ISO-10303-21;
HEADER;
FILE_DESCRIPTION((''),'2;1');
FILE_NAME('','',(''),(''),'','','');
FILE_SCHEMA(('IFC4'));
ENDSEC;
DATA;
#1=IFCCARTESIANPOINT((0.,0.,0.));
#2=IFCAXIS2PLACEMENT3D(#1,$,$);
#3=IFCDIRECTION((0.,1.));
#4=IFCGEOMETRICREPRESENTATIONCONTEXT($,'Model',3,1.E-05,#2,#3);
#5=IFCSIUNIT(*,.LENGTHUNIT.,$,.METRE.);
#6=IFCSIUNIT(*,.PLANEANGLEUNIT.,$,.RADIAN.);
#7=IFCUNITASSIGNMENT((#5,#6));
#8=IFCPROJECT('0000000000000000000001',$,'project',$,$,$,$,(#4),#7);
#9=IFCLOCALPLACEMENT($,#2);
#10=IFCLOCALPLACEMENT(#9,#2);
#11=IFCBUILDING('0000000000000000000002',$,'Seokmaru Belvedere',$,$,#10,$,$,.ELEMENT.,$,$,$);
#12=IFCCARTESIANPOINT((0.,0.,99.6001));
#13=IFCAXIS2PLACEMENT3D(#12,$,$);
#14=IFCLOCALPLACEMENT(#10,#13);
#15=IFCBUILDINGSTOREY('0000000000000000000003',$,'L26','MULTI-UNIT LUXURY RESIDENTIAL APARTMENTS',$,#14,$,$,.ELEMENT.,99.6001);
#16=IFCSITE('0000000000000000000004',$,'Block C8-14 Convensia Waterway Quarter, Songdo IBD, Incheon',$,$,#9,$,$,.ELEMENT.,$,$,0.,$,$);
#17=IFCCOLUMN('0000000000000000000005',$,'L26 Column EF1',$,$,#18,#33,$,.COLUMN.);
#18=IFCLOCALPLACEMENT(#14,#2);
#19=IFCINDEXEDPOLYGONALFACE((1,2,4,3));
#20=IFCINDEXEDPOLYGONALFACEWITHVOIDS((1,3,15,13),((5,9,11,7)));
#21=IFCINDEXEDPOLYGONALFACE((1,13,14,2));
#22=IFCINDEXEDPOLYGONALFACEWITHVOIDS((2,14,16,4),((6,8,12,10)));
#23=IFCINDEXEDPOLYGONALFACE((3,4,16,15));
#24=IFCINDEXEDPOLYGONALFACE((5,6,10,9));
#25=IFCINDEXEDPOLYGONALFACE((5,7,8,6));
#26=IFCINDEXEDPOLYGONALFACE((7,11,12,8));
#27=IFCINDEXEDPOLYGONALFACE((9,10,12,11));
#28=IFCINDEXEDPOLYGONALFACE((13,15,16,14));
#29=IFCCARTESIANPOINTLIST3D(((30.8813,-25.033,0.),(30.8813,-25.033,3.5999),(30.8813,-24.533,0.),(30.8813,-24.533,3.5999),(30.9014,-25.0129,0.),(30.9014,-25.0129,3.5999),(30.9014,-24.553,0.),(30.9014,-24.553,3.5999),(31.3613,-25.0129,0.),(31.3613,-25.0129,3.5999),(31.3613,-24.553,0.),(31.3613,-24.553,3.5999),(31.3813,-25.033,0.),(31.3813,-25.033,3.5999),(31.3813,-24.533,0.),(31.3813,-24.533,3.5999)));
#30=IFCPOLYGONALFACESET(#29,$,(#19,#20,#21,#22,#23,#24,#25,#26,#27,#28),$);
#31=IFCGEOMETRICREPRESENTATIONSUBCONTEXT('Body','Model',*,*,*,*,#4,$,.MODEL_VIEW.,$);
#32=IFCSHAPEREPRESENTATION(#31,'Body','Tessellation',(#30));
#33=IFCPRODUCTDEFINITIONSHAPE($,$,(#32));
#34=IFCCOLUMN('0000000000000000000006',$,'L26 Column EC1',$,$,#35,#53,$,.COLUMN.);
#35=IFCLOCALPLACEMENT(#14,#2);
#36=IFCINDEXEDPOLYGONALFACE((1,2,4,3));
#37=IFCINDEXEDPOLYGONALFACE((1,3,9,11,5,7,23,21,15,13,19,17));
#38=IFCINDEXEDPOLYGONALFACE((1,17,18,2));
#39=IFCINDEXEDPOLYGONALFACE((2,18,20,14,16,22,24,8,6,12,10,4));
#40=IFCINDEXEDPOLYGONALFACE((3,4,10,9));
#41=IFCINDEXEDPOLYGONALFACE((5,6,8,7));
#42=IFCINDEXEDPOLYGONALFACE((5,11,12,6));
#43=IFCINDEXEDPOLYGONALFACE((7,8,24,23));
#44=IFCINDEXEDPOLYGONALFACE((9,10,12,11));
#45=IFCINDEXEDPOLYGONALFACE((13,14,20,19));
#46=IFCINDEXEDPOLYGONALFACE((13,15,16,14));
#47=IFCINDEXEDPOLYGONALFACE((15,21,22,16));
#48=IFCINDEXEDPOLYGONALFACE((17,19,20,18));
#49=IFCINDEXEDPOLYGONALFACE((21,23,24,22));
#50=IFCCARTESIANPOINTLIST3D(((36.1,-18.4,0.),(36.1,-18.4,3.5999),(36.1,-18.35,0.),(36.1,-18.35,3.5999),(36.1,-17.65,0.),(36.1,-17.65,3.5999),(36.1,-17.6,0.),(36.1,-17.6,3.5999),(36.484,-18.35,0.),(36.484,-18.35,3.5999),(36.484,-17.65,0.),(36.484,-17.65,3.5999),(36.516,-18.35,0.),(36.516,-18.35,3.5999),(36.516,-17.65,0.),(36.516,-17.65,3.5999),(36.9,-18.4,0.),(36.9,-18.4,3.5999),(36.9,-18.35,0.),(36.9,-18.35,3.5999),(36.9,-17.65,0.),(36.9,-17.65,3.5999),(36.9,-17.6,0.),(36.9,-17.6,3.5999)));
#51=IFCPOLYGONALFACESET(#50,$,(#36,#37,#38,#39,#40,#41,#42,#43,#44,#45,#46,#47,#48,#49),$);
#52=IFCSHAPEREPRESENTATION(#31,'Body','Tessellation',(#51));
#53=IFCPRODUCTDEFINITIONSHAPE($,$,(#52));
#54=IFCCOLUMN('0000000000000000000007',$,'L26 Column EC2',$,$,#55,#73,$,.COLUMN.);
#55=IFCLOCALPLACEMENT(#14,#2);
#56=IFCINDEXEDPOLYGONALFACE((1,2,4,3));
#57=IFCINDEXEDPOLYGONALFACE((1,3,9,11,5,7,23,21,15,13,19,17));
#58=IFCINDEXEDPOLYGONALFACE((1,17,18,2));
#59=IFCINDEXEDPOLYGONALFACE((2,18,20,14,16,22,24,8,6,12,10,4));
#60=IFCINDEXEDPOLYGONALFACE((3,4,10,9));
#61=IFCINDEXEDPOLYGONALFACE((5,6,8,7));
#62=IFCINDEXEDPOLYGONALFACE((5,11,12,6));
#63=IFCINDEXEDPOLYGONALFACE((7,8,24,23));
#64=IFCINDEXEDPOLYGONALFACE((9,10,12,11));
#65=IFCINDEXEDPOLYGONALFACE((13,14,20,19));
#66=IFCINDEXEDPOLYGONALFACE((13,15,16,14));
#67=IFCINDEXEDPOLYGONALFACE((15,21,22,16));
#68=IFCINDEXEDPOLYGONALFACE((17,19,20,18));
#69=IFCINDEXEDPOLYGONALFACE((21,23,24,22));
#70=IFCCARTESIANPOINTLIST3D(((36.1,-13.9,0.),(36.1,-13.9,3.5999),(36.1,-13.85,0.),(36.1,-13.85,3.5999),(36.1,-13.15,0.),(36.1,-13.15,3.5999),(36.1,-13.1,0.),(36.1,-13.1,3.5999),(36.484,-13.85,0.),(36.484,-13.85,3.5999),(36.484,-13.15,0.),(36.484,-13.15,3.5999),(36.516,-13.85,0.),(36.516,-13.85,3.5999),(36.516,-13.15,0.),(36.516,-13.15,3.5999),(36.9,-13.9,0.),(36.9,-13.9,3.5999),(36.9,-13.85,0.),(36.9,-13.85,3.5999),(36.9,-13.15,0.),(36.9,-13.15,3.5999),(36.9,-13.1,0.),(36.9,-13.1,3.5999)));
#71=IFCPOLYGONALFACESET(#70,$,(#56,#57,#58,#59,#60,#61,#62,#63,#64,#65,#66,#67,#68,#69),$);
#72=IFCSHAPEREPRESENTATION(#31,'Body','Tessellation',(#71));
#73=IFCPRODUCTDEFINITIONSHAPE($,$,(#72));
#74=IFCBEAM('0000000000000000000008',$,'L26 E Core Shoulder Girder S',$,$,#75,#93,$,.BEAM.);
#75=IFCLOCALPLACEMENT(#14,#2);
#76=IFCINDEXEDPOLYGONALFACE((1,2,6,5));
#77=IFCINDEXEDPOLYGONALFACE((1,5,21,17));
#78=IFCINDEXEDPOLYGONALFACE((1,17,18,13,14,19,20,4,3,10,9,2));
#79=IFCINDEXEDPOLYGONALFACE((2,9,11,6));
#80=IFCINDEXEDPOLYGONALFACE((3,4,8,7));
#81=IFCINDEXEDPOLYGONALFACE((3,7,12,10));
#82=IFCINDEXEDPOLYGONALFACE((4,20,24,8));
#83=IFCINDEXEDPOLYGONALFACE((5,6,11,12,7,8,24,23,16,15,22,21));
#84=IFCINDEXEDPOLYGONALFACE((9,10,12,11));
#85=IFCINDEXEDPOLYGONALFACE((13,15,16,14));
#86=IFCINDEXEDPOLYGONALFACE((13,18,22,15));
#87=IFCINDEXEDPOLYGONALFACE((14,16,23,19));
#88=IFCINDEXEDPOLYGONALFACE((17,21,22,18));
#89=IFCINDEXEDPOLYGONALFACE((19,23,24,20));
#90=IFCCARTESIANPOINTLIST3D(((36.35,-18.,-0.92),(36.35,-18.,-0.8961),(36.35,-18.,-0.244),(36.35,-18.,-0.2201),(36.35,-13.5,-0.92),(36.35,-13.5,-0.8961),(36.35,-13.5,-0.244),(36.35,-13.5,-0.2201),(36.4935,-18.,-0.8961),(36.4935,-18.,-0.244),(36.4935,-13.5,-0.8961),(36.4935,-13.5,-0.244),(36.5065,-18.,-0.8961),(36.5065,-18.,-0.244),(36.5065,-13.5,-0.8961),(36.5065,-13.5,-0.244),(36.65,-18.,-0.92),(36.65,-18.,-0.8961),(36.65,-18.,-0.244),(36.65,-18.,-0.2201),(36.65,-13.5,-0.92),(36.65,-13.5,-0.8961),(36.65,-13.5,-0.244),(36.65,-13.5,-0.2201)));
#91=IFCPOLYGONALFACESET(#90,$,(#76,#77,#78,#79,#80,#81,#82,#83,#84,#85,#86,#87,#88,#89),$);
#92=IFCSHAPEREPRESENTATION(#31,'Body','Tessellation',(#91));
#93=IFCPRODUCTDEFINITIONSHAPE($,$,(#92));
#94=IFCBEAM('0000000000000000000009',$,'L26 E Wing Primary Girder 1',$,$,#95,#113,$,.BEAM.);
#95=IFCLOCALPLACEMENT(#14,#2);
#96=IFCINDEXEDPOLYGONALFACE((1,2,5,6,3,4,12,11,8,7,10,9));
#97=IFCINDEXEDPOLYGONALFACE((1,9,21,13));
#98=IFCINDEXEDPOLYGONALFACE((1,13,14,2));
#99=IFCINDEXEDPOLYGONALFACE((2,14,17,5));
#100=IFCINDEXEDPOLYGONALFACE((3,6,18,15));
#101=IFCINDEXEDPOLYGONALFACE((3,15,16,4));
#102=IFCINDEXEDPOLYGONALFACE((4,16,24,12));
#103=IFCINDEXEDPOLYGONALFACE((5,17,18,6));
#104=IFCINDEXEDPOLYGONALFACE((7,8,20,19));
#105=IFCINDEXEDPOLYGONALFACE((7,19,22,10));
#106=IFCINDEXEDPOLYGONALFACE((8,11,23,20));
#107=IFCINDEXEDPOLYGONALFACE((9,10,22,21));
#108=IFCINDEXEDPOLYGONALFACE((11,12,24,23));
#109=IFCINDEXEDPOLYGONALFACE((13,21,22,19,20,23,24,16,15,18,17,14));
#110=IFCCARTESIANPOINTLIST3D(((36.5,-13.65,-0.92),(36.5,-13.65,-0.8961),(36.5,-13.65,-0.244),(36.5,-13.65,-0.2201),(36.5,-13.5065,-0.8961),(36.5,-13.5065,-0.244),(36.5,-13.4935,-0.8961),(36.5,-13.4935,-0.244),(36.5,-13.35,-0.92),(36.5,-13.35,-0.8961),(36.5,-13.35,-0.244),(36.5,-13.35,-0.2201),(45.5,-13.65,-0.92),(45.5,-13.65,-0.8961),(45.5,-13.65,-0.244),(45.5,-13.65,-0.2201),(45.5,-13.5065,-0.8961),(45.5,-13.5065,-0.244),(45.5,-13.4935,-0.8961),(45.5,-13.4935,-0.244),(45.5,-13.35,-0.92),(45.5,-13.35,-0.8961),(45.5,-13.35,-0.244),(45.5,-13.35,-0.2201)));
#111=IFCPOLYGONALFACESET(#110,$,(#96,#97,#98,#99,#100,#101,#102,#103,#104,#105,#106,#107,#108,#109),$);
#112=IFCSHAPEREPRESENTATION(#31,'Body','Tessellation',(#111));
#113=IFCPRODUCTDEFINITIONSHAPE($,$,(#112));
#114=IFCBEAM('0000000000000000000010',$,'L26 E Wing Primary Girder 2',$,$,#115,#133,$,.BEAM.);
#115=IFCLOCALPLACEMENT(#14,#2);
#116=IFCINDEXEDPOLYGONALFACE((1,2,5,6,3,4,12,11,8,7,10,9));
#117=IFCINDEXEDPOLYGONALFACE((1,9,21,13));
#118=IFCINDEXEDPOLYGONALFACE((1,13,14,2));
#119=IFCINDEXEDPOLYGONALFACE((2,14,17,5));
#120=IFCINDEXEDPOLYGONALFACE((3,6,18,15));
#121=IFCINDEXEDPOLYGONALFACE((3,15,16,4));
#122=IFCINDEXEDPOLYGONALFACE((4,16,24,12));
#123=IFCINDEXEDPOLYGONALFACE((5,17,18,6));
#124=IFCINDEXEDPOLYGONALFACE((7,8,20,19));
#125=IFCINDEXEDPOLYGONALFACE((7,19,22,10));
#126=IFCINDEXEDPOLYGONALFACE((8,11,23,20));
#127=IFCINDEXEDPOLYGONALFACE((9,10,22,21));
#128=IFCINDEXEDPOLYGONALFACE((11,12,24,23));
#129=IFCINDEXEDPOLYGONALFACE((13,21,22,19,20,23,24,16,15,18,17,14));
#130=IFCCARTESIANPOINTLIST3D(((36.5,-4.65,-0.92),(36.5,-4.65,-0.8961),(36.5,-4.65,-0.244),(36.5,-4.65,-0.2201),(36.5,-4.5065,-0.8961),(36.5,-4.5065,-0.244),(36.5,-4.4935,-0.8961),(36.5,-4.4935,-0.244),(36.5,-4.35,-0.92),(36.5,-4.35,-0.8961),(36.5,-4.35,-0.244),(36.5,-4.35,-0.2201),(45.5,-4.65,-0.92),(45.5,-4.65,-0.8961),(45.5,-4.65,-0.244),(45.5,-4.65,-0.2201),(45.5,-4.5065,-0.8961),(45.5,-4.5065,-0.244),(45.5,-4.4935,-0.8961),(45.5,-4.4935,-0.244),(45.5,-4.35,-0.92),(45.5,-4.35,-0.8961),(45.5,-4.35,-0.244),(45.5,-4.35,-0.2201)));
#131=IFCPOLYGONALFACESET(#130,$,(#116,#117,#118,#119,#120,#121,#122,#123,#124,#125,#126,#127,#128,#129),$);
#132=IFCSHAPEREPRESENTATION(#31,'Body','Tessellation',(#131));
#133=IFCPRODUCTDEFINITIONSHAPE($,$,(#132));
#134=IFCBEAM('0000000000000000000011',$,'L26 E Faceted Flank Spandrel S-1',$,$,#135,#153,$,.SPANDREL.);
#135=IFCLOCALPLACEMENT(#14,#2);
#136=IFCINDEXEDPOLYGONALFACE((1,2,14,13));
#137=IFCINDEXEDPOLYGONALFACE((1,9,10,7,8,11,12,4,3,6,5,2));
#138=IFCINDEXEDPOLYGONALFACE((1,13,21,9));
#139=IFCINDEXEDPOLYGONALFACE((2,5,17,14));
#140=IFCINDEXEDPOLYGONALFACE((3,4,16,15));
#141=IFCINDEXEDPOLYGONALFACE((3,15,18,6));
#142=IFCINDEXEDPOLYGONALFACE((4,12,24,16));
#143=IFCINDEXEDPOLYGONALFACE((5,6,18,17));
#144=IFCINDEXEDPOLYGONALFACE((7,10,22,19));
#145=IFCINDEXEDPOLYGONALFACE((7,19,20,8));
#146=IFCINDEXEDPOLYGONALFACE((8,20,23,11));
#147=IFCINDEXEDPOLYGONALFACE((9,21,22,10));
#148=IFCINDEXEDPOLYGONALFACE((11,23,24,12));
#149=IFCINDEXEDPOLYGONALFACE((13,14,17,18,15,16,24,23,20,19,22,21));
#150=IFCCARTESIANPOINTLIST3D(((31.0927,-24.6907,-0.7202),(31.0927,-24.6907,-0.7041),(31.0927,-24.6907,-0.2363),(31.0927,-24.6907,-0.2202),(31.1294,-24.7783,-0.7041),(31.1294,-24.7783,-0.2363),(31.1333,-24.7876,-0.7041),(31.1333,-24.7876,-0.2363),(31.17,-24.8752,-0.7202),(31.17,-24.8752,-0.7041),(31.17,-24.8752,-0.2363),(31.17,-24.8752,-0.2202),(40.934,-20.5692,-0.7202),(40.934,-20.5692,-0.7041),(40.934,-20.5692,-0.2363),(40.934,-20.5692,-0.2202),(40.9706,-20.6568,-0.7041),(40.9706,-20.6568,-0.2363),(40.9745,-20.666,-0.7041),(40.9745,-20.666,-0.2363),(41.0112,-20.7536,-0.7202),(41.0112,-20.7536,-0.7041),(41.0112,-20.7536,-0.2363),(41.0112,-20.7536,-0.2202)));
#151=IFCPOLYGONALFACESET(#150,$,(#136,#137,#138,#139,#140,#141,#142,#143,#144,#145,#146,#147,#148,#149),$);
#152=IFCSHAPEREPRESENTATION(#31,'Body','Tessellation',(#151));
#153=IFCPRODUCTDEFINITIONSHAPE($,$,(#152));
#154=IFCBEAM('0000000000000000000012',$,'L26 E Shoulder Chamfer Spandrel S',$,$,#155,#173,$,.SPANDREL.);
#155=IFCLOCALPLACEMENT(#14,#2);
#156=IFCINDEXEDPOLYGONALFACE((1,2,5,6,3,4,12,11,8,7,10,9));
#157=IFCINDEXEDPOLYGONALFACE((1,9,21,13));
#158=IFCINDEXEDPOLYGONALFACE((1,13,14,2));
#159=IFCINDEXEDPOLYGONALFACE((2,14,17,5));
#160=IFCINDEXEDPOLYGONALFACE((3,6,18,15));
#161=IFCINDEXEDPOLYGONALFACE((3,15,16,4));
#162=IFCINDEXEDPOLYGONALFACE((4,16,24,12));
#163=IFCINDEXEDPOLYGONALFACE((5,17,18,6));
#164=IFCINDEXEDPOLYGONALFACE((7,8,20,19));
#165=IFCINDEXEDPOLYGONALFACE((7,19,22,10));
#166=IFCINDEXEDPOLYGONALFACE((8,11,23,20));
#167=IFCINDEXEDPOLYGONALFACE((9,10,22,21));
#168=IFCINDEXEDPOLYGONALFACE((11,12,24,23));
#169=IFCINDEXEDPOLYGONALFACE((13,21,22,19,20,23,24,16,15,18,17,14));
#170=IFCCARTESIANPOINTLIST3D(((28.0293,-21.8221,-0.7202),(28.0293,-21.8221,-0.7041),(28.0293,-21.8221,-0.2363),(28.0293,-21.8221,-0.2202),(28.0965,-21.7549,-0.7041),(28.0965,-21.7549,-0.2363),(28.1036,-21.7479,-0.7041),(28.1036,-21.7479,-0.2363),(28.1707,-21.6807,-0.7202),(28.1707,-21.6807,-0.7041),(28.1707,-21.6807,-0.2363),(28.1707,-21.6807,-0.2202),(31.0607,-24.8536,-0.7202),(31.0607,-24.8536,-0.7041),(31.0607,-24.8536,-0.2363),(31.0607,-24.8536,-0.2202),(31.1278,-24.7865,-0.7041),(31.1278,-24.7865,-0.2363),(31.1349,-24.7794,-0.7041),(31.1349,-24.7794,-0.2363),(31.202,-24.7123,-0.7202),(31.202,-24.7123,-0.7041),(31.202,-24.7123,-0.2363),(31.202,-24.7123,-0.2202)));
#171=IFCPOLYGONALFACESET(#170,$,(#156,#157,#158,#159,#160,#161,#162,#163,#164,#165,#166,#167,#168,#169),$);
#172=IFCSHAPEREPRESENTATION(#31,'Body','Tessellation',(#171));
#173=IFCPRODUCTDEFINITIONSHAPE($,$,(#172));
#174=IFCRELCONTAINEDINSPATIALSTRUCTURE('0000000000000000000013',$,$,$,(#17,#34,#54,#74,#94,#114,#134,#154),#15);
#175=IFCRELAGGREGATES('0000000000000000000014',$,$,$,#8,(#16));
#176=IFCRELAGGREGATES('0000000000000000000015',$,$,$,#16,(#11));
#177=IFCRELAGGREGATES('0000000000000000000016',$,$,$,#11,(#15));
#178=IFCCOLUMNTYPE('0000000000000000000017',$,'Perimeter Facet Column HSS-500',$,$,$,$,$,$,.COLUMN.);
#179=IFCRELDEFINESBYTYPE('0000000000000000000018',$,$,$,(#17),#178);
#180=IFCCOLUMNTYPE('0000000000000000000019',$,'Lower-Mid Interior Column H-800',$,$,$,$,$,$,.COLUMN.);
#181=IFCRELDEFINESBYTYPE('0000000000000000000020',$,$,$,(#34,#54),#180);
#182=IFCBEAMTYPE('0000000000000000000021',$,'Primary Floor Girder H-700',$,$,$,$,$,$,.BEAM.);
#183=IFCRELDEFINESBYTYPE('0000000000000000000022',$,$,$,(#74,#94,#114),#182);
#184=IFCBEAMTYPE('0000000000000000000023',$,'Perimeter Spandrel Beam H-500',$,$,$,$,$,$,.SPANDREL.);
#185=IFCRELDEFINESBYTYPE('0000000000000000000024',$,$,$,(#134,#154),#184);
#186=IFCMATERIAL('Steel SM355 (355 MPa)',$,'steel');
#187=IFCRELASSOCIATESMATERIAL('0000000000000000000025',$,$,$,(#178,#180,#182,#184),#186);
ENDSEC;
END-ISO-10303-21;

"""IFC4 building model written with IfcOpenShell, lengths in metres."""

from ifc_helpers import new_model, si_unit, direction, frame, origin, origin_2d, place, context, subcontext, project, spatial, hollow_rectangle, i_section, extrude, source, transform, mapped, material, material_profile, profile_set, type_object, type_shapes, element, save


model = new_model("IFC4")

# Units and contexts
model_context = context("Model", 3, precision=1e-05, world=origin(), true_north=direction((0.0, 1.0)))
body_context = subcontext(model_context, "Body", "Model", "MODEL_VIEW")
ifc_project = project(units=[si_unit("LENGTHUNIT", "METRE"), si_unit("PLANEANGLEUNIT", "RADIAN")], contexts=[model_context])

# Site, building, storey
site_placement = place(None, origin())
site = spatial("IfcSite", under=ifc_project, at=site_placement, Name="Block C8-14 Convensia Waterway Quarter, Songdo IBD, Incheon", CompositionType="ELEMENT", RefElevation=0.0)
building_placement = place(site_placement, origin())
building = spatial("IfcBuilding", under=site, at=building_placement, Name="Seokmaru Belvedere", CompositionType="ELEMENT")
storey_placement = place(building_placement, frame((0.0, 0.0, 99.6001)))
storey = spatial("IfcBuildingStorey", under=building, at=storey_placement, Name="L26", Description="MULTI-UNIT LUXURY RESIDENTIAL APARTMENTS", CompositionType="ELEMENT", Elevation=99.6001)

# Columns
ifc_material_1 = material(Name="Steel SM355 (355 MPa)", Category="steel")
ifc_material_profile_1 = material_profile(ifc_material_1, hollow_rectangle(XDim=0.5, YDim=0.5, WallThickness=0.02, at=origin_2d()), Name="HSS-500x500x20")
ifc_profile_set_1 = profile_set([ifc_material_profile_1], Name="Steel SM355 (355 MPa)")
column_type_1 = type_object("IfcColumnType", Name="Perimeter Facet Column HSS-500", PredefinedType="COLUMN", material=ifc_profile_set_1)
shared_shape_1 = source(origin(), body_context, "Body", "SweptSolid", [
    extrude(hollow_rectangle(XDim=0.5, YDim=0.5, WallThickness=0.02, at=origin_2d()), origin(), (0.0, 0.0, 1.0), 3.5999),
])
type_shapes(column_type_1, [shared_shape_1])
column_placement = place(storey_placement, frame((31.1313, -24.783, 0.0), z_axis=(0.0, 0.0, 1.0), x_axis=(1.0, 0.0, 0.0)))
element("IfcColumn", 1, at=column_placement, inside=storey, type_object=column_type_1, Name="L26 Column EF1", PredefinedType="COLUMN", context=body_context, shape_type="MappedRepresentation", body=[
    mapped(shared_shape_1, transform((0.0, 0.0, 0.0), scale=1.0)),
])
ifc_material_profile_2 = material_profile(ifc_material_1, i_section(OverallWidth=0.8, OverallDepth=0.8, WebThickness=0.032, FlangeThickness=0.05, at=origin_2d()), Name="H-800x800x32x50")
ifc_profile_set_2 = profile_set([ifc_material_profile_2], Name="Steel SM355 (355 MPa)")
column_type_2 = type_object("IfcColumnType", Name="Lower-Mid Interior Column H-800", PredefinedType="COLUMN", material=ifc_profile_set_2)
shared_shape_2 = source(origin(), body_context, "Body", "SweptSolid", [
    extrude(i_section(OverallWidth=0.8, OverallDepth=0.8, WebThickness=0.032, FlangeThickness=0.05, at=origin_2d()), origin(), (0.0, 0.0, 1.0), 3.5999),
])
type_shapes(column_type_2, [shared_shape_2])
for number, where, z_axis, x_axis, name in (
    (2, (36.5, -18.0, 0.0), (0.0, 0.0, 1.0), (1.0, 0.0, 0.0), "L26 Column EC1"),
    (3, (36.5, -13.5, 0.0), (0.0, 0.0, 1.0), (1.0, 0.0, 0.0), "L26 Column EC2"),
):
    element("IfcColumn", number, at=place(storey_placement, frame(where, z_axis=z_axis, x_axis=x_axis)), inside=storey, type_object=column_type_2, Name=name, PredefinedType="COLUMN", context=body_context, shape_type="MappedRepresentation", body=[
        mapped(shared_shape_2, transform((0.0, 0.0, 0.0), scale=1.0)),
    ])

# Beams
ifc_material_profile_3 = material_profile(ifc_material_1, i_section(OverallWidth=0.3, OverallDepth=0.7, WebThickness=0.0129, FlangeThickness=0.0239, at=origin_2d()), Name="H-700x300x13x24")
ifc_profile_set_3 = profile_set([ifc_material_profile_3], Name="Steel SM355 (355 MPa)")
beam_type_1 = type_object("IfcBeamType", Name="Primary Floor Girder H-700", PredefinedType="BEAM", material=ifc_profile_set_3)
shared_shape_3 = source(origin(), body_context, "Body", "SweptSolid", [
    extrude(i_section(OverallWidth=0.3, OverallDepth=0.7, WebThickness=0.0129, FlangeThickness=0.0239, at=origin_2d()), origin(), (0.0, 0.0, 1.0), 4.5),
])
beam_1_placement = place(storey_placement, frame((36.5, -18.0, -0.5701), z_axis=(0.0, 1.0, 0.0), x_axis=(-1.0, 0.0, 0.0)))
element("IfcBeam", 4, at=beam_1_placement, inside=storey, type_object=beam_type_1, Name="L26 E Core Shoulder Girder S", PredefinedType="BEAM", context=body_context, shape_type="MappedRepresentation", body=[
    mapped(shared_shape_3, transform((0.0, 0.0, 0.0), scale=1.0)),
])
shared_shape_4 = source(origin(), body_context, "Body", "SweptSolid", [
    extrude(i_section(OverallWidth=0.3, OverallDepth=0.7, WebThickness=0.0129, FlangeThickness=0.0239, at=origin_2d()), origin(), (0.0, 0.0, 1.0), 9.0),
])
type_shapes(beam_type_1, [shared_shape_3, shared_shape_4])
for number, where, z_axis, x_axis, name in (
    (5, (36.5, -13.5, -0.5701), (1.0, 0.0, 0.0), (0.0, 1.0, 0.0), "L26 E Wing Primary Girder 1"),
    (6, (36.5, -4.5, -0.5701), (1.0, 0.0, 0.0), (0.0, 1.0, 0.0), "L26 E Wing Primary Girder 2"),
):
    element("IfcBeam", number, at=place(storey_placement, frame(where, z_axis=z_axis, x_axis=x_axis)), inside=storey, type_object=beam_type_1, Name=name, PredefinedType="BEAM", context=body_context, shape_type="MappedRepresentation", body=[
        mapped(shared_shape_4, transform((0.0, 0.0, 0.0), scale=1.0)),
    ])
ifc_material_profile_4 = material_profile(ifc_material_1, i_section(OverallWidth=0.2, OverallDepth=0.5, WebThickness=0.01, FlangeThickness=0.0161, at=origin_2d()), Name="H-500x200x10x16")
ifc_profile_set_4 = profile_set([ifc_material_profile_4], Name="Steel SM355 (355 MPa)")
beam_type_2 = type_object("IfcBeamType", Name="Perimeter Spandrel Beam H-500", PredefinedType="SPANDREL", material=ifc_profile_set_4)
shared_shape_5 = source(origin(), body_context, "Body", "SweptSolid", [
    extrude(i_section(OverallWidth=0.2, OverallDepth=0.5, WebThickness=0.01, FlangeThickness=0.0161, at=origin_2d()), origin(), (0.0, 0.0, 1.0), 10.6694),
])
beam_2_placement = place(storey_placement, frame((31.1313, -24.783, -0.4702), z_axis=(0.922375, 0.386295, 0.0), x_axis=(-0.386295, 0.922375, 0.0)))
element("IfcBeam", 7, at=beam_2_placement, inside=storey, type_object=beam_type_2, Name="L26 E Faceted Flank Spandrel S-1", PredefinedType="SPANDREL", context=body_context, shape_type="MappedRepresentation", body=[
    mapped(shared_shape_5, transform((0.0, 0.0, 0.0), scale=1.0)),
])
shared_shape_6 = source(origin(), body_context, "Body", "SweptSolid", [
    extrude(i_section(OverallWidth=0.2, OverallDepth=0.5, WebThickness=0.01, FlangeThickness=0.0161, at=origin_2d()), origin(), (0.0, 0.0, 1.0), 4.2871),
])
type_shapes(beam_type_2, [shared_shape_5, shared_shape_6])
beam_3_placement = place(storey_placement, frame((31.1313, -24.783, -0.4702), z_axis=(-0.707078, 0.707135, 0.0), x_axis=(-0.707135, -0.707078, 0.0)))
element("IfcBeam", 8, at=beam_3_placement, inside=storey, type_object=beam_type_2, Name="L26 E Shoulder Chamfer Spandrel S", PredefinedType="SPANDREL", context=body_context, shape_type="MappedRepresentation", body=[
    mapped(shared_shape_6, transform((0.0, 0.0, 0.0), scale=1.0)),
])

save(model, "model.ifc")
